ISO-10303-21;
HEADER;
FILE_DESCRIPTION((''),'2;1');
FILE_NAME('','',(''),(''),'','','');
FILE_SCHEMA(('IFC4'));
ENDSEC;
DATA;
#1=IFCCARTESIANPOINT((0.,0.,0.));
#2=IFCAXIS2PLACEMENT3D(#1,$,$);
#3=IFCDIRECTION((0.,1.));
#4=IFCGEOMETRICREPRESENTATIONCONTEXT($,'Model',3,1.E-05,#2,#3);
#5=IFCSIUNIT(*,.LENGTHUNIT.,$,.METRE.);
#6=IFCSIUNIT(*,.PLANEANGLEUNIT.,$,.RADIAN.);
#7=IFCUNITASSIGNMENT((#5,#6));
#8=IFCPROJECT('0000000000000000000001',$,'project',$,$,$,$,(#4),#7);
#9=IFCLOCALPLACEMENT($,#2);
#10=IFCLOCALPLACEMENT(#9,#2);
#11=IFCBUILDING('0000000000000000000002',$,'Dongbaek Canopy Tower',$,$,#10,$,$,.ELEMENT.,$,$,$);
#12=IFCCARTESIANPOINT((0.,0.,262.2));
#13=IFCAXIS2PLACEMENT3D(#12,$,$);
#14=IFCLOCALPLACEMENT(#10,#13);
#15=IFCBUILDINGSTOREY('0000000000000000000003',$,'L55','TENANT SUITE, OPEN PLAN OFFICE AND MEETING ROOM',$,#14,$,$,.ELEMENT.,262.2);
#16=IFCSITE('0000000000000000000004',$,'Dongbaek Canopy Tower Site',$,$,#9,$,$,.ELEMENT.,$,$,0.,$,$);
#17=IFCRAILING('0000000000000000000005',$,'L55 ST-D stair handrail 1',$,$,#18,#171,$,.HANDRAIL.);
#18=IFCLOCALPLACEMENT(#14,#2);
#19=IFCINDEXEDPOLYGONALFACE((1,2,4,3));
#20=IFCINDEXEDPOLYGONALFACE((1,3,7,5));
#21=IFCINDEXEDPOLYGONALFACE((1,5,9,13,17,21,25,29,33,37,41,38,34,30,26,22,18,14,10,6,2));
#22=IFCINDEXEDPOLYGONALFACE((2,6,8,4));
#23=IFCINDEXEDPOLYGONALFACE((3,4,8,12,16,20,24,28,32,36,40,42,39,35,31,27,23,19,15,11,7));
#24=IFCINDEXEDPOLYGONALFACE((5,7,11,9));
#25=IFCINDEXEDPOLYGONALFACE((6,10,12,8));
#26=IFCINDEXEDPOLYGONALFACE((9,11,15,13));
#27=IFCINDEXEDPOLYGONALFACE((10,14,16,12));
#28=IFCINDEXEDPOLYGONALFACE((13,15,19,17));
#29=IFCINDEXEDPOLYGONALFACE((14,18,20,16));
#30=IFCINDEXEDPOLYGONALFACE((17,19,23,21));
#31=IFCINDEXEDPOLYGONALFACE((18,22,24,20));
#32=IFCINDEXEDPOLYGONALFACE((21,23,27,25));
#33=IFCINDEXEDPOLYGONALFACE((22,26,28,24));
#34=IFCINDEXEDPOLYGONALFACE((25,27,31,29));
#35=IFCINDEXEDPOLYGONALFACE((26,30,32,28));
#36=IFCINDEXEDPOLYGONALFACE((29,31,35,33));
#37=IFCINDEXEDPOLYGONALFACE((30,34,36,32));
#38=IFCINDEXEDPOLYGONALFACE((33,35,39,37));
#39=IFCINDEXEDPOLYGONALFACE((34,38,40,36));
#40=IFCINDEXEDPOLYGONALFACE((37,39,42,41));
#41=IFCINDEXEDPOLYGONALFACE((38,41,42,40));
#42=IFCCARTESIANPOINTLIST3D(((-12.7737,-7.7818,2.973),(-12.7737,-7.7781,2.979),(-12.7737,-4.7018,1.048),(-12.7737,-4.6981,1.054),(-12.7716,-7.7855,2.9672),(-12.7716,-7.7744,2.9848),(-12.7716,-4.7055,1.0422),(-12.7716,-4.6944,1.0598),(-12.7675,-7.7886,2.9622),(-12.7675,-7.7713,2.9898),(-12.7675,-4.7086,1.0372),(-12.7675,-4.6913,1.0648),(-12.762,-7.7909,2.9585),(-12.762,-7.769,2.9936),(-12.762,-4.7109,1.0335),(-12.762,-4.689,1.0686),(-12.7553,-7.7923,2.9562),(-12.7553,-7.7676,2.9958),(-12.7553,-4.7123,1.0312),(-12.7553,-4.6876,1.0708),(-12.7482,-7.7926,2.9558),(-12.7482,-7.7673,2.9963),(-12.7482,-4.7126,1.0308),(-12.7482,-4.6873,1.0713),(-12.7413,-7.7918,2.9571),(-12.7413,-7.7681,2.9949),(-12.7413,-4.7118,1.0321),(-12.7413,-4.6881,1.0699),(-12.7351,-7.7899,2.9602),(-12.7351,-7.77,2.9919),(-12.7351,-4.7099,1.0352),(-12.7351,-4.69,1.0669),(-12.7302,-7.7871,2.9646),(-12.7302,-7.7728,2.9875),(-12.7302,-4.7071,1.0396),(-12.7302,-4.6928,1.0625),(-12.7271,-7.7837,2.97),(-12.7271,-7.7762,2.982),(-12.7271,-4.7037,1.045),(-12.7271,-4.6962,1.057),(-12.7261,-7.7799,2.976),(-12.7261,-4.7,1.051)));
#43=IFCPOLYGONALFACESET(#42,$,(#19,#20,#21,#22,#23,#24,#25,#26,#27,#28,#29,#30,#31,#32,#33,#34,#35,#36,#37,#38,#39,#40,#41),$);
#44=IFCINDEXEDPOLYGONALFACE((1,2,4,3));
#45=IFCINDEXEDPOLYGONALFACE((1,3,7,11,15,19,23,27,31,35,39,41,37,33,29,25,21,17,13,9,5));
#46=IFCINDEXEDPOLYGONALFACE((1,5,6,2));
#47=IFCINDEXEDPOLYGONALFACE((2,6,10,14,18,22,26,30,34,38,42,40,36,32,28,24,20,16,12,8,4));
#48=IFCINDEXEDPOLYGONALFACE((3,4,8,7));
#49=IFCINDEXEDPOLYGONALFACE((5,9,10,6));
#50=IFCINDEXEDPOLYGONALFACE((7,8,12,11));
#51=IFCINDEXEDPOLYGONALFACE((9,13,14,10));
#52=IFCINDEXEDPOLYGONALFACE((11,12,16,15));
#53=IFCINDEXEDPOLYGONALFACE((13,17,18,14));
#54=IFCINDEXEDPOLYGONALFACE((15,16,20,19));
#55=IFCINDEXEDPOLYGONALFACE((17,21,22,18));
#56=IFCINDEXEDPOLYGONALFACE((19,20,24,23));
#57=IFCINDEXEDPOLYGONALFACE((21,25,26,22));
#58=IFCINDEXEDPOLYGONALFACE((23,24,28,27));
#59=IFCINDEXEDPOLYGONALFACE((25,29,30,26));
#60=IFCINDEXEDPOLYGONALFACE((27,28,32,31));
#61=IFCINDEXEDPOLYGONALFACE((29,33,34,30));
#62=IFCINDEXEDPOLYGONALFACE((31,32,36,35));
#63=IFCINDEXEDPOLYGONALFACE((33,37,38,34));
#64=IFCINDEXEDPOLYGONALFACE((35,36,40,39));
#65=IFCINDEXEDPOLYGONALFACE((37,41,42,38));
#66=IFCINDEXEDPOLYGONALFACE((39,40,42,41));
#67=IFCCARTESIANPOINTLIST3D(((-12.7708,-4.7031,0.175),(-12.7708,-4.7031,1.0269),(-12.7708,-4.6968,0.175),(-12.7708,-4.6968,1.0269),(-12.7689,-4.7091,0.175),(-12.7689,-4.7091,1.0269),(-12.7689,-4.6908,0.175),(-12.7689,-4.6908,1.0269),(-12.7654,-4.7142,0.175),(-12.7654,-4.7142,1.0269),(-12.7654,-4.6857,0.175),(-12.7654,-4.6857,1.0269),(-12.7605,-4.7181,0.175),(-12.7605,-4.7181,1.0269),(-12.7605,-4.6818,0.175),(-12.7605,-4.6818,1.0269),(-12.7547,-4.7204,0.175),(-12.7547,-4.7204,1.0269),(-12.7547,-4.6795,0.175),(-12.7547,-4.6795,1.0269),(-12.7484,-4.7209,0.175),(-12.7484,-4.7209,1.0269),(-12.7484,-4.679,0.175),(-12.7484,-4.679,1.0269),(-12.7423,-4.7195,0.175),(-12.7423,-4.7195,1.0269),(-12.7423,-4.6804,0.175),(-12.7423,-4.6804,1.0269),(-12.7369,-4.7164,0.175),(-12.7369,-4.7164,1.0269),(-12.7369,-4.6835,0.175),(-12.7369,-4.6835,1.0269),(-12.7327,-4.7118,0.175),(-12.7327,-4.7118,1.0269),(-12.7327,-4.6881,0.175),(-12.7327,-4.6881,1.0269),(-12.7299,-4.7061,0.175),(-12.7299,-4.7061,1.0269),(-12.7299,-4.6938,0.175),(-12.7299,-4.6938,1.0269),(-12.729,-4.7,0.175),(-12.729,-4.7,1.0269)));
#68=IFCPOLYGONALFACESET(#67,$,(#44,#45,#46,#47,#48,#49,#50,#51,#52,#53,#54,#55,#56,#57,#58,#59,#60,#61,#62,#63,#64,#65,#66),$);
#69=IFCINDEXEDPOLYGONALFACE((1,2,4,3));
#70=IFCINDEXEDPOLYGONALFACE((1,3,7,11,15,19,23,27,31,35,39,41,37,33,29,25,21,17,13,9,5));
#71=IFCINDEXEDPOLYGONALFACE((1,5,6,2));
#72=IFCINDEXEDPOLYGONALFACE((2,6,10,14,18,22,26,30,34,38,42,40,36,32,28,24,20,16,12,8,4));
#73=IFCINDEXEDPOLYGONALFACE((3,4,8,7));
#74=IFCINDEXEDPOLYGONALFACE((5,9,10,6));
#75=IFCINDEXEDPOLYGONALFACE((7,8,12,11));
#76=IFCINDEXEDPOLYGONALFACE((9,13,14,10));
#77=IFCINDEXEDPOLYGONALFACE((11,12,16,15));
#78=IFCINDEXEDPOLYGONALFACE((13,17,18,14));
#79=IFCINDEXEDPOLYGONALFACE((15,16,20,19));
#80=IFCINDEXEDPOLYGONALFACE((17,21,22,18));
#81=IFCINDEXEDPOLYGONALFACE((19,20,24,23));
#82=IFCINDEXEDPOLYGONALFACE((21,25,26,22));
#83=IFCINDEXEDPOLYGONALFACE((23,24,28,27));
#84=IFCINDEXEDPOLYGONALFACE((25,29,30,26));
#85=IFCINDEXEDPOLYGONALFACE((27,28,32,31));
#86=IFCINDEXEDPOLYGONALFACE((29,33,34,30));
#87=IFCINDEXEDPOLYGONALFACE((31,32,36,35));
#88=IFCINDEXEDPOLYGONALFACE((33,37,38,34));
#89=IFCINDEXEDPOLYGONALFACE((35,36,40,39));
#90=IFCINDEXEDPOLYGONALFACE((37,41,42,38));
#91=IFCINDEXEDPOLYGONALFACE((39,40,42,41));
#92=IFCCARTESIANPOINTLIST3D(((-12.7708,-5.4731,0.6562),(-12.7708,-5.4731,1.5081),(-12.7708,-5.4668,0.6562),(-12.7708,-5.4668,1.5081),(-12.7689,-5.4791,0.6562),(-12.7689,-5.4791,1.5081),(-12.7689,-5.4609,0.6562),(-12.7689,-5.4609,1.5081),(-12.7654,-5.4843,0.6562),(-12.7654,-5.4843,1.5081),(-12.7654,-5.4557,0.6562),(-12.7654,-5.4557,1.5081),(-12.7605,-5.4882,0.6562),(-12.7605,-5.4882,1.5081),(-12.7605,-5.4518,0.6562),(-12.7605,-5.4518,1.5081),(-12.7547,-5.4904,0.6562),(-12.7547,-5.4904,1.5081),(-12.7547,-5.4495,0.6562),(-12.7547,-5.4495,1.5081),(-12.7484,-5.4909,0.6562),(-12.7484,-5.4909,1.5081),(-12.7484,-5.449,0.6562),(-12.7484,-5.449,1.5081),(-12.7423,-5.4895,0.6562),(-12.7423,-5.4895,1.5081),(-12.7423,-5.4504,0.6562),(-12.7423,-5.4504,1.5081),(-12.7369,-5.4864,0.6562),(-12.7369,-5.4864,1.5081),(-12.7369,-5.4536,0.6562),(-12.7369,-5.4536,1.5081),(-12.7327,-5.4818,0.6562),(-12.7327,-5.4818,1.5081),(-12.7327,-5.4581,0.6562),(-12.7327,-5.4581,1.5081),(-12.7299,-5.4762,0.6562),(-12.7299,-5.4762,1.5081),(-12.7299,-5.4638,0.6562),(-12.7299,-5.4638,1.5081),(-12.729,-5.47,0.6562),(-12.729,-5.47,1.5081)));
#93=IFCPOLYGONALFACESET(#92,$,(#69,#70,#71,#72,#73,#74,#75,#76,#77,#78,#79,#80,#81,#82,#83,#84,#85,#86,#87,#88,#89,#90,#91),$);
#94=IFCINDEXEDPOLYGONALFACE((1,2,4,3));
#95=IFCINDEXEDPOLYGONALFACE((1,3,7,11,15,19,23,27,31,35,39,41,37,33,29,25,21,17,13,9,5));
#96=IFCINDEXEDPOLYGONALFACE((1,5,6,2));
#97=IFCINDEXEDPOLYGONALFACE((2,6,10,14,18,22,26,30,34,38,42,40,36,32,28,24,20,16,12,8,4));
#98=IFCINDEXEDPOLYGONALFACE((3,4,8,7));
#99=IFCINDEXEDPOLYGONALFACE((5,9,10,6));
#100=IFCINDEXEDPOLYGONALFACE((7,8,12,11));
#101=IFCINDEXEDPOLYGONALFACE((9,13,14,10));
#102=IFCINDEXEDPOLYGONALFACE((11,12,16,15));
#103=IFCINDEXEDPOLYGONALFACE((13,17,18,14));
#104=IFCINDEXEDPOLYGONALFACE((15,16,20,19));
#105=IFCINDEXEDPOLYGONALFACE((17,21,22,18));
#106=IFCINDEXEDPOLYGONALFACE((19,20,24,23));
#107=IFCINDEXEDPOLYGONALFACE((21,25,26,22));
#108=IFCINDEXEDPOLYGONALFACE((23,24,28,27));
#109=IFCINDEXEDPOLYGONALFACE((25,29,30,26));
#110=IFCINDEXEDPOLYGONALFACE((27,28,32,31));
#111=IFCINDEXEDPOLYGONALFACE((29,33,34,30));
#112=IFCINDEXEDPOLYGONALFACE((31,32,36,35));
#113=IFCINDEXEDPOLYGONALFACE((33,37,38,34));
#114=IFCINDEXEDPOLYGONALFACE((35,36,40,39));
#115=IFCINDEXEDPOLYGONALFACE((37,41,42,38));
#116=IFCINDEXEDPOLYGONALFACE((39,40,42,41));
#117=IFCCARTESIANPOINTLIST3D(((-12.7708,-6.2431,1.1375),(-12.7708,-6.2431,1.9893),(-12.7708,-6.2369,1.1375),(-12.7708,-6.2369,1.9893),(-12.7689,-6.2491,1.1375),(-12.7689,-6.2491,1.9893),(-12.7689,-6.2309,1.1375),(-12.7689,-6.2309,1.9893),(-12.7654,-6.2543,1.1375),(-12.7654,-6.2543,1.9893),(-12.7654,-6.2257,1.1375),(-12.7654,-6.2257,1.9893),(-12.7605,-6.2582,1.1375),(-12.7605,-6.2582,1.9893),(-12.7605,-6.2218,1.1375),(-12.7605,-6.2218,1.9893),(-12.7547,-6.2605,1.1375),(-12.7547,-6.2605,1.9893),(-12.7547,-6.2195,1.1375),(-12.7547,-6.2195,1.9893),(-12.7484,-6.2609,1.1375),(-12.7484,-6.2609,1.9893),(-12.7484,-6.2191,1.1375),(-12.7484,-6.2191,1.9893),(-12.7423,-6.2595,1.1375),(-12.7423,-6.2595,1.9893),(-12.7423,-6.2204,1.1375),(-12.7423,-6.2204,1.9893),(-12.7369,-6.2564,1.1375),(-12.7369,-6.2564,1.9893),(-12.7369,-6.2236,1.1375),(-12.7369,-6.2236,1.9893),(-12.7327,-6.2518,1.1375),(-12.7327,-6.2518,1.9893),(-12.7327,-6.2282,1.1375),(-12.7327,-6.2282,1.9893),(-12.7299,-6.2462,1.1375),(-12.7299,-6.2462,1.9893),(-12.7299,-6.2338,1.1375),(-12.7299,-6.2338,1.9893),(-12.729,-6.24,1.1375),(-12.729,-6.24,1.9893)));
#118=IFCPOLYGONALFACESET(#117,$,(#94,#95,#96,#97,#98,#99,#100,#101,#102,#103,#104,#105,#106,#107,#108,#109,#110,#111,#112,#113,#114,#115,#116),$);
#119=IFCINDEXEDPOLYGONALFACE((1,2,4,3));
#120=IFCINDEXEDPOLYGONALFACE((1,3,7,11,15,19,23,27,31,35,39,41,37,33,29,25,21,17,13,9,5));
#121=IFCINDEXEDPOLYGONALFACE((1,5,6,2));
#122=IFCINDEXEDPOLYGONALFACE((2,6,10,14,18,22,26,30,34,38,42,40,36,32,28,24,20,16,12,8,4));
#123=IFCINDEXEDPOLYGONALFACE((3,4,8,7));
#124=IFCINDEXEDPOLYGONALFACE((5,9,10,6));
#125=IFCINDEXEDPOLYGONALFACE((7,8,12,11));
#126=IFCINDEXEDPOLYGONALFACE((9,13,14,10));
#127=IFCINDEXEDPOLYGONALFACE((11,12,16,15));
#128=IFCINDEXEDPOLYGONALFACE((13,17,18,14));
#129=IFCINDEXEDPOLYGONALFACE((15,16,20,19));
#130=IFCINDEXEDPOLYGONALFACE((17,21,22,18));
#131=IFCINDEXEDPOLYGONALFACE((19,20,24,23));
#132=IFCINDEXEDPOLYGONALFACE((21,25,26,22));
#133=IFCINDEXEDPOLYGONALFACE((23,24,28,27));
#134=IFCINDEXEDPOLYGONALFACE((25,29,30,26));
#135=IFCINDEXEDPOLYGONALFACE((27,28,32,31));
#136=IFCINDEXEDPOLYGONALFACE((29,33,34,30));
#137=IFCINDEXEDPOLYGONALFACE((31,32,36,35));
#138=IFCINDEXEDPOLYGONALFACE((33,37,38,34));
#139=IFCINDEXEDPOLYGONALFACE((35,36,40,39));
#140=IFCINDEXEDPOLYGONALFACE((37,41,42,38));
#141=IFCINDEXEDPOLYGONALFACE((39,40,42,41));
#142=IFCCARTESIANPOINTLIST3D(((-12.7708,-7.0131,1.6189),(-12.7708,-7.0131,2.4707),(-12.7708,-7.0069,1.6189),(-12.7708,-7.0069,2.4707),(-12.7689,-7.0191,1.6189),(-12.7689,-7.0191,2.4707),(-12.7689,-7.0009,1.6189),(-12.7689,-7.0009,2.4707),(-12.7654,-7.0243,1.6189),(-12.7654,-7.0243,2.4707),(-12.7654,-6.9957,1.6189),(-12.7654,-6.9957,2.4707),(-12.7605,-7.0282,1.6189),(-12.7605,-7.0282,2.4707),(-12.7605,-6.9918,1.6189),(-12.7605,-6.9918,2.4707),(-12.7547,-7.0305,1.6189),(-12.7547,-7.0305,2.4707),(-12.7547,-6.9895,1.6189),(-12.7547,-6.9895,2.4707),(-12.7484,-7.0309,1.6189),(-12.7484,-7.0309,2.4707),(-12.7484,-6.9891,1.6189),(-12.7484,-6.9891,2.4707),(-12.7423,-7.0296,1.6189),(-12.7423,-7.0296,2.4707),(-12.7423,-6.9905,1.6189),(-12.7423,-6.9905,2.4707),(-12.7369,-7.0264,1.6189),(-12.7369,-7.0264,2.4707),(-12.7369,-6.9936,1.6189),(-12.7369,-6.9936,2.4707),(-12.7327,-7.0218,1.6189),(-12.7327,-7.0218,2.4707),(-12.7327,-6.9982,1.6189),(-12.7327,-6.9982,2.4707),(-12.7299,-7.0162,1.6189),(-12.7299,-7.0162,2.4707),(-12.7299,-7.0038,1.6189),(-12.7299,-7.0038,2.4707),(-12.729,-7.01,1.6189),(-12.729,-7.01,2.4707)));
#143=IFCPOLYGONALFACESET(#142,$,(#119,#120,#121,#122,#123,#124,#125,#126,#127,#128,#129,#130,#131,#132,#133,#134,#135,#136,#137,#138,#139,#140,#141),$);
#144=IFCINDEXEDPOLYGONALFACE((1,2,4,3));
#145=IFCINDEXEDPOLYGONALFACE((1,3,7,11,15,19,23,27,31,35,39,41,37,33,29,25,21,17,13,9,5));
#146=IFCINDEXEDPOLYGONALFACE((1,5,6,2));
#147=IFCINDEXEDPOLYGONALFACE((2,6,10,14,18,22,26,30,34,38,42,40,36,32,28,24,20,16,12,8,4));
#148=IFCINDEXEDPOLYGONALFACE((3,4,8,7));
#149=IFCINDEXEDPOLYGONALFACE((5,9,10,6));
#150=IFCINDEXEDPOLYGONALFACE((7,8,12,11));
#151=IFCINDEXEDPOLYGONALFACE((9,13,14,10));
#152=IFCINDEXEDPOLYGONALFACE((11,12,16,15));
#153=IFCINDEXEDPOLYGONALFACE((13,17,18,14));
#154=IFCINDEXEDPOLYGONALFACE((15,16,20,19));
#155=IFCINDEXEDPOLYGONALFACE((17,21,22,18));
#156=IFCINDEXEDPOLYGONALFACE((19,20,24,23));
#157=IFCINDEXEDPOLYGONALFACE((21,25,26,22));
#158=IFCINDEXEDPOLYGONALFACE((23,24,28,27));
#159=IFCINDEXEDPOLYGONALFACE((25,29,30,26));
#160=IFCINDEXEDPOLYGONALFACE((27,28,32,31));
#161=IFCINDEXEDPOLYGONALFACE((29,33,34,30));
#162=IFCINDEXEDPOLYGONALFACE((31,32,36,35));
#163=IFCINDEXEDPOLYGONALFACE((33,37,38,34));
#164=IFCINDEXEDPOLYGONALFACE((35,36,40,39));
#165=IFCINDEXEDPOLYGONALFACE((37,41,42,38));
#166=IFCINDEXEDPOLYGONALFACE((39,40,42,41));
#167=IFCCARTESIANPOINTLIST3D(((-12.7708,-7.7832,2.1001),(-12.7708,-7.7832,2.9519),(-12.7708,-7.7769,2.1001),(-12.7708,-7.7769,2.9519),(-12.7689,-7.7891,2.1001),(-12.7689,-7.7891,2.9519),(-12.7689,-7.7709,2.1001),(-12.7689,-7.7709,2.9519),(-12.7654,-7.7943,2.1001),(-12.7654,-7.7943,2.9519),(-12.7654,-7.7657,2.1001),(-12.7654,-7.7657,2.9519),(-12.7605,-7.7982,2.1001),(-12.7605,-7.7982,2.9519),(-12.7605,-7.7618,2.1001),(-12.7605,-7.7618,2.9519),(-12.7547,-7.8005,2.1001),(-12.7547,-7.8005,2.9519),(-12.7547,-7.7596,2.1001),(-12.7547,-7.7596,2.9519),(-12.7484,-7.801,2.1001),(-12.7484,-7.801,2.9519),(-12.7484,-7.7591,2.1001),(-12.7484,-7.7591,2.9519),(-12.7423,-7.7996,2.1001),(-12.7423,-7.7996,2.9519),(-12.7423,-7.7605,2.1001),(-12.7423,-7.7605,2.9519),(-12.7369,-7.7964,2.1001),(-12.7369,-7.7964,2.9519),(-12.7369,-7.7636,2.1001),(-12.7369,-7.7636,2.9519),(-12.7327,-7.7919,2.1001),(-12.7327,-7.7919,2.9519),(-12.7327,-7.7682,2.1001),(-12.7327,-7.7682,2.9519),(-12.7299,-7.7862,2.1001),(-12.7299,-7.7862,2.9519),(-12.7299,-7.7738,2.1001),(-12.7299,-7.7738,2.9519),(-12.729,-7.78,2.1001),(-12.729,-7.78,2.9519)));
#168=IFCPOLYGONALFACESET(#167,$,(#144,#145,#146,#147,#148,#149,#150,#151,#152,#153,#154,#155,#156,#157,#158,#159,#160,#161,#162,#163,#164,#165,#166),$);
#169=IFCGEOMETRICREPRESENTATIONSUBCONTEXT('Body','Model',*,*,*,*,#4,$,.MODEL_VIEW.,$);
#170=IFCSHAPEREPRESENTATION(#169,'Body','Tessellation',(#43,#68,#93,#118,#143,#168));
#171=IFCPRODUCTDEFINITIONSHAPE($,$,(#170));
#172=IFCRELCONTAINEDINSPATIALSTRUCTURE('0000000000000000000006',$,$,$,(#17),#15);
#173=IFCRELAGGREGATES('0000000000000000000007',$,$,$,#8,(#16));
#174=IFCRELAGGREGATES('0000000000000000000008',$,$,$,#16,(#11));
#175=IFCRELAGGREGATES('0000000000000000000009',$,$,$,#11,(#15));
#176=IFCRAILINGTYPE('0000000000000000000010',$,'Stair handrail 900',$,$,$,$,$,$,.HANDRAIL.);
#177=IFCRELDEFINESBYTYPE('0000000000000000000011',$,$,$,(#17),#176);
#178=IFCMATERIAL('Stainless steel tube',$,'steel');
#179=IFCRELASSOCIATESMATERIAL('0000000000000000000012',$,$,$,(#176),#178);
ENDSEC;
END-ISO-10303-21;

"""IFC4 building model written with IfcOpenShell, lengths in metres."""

from ifc_helpers import new_model, si_unit, direction, frame, origin, origin_2d, place, context, subcontext, project, spatial, circle, extrude, material, type_object, element, save


model = new_model("IFC4")

# Units and contexts
model_context = context("Model", 3, precision=1e-05, world=origin(), true_north=direction((0.0, 1.0)))
body_context = subcontext(model_context, "Body", "Model", "MODEL_VIEW")
ifc_project = project(units=[si_unit("LENGTHUNIT", "METRE"), si_unit("PLANEANGLEUNIT", "RADIAN")], contexts=[model_context])

# Site, building, storey
site_placement = place(None, origin())
site = spatial("IfcSite", under=ifc_project, at=site_placement, Name="Dongbaek Canopy Tower Site", CompositionType="ELEMENT", RefElevation=0.0)
building_placement = place(site_placement, origin())
building = spatial("IfcBuilding", under=site, at=building_placement, Name="Dongbaek Canopy Tower", CompositionType="ELEMENT")
storey_placement = place(building_placement, frame((0.0, 0.0, 262.2)))
storey = spatial("IfcBuildingStorey", under=building, at=storey_placement, Name="L55", Description="TENANT SUITE, OPEN PLAN OFFICE AND MEETING ROOM", CompositionType="ELEMENT", Elevation=262.2)

# Railing
ifc_material_1 = material(Name="Stainless steel tube", Category="steel")
railing_type_1 = type_object("IfcRailingType", Name="Stair handrail 900", PredefinedType="HANDRAIL", material=ifc_material_1)
railing_1_placement = place(storey_placement, frame((-12.75, -4.7, 0.175)))
element("IfcRailing", 1, at=railing_1_placement, inside=storey, type_object=railing_type_1, Name="L55 ST-D stair handrail 1", PredefinedType="HANDRAIL", context=body_context, shape_type="SweptSolid", body=[
    extrude(circle(Radius=0.0239, at=origin_2d()), frame((0.0, 0.0, 0.876), z_axis=(0.0, -0.847998, 0.529999), x_axis=(1.0, 0.0, 0.0)), (0.0, 0.0, 1.0), 3.6321),
    extrude(circle(Radius=0.021, at=origin_2d()), origin(), (0.0, 0.0, 1.0), 0.8518),
    extrude(circle(Radius=0.021, at=origin_2d()), frame((0.0, -0.77, 0.4812)), (0.0, 0.0, 1.0), 0.8518),
    extrude(circle(Radius=0.021, at=origin_2d()), frame((0.0, -1.54, 0.9624)), (0.0, 0.0, 1.0), 0.8518),
    extrude(circle(Radius=0.021, at=origin_2d()), frame((0.0, -2.3101, 1.4438)), (0.0, 0.0, 1.0), 0.8518),
    extrude(circle(Radius=0.021, at=origin_2d()), frame((0.0, -3.0801, 1.925)), (0.0, 0.0, 1.0), 0.8518),
])

save(model, "model.ifc")
